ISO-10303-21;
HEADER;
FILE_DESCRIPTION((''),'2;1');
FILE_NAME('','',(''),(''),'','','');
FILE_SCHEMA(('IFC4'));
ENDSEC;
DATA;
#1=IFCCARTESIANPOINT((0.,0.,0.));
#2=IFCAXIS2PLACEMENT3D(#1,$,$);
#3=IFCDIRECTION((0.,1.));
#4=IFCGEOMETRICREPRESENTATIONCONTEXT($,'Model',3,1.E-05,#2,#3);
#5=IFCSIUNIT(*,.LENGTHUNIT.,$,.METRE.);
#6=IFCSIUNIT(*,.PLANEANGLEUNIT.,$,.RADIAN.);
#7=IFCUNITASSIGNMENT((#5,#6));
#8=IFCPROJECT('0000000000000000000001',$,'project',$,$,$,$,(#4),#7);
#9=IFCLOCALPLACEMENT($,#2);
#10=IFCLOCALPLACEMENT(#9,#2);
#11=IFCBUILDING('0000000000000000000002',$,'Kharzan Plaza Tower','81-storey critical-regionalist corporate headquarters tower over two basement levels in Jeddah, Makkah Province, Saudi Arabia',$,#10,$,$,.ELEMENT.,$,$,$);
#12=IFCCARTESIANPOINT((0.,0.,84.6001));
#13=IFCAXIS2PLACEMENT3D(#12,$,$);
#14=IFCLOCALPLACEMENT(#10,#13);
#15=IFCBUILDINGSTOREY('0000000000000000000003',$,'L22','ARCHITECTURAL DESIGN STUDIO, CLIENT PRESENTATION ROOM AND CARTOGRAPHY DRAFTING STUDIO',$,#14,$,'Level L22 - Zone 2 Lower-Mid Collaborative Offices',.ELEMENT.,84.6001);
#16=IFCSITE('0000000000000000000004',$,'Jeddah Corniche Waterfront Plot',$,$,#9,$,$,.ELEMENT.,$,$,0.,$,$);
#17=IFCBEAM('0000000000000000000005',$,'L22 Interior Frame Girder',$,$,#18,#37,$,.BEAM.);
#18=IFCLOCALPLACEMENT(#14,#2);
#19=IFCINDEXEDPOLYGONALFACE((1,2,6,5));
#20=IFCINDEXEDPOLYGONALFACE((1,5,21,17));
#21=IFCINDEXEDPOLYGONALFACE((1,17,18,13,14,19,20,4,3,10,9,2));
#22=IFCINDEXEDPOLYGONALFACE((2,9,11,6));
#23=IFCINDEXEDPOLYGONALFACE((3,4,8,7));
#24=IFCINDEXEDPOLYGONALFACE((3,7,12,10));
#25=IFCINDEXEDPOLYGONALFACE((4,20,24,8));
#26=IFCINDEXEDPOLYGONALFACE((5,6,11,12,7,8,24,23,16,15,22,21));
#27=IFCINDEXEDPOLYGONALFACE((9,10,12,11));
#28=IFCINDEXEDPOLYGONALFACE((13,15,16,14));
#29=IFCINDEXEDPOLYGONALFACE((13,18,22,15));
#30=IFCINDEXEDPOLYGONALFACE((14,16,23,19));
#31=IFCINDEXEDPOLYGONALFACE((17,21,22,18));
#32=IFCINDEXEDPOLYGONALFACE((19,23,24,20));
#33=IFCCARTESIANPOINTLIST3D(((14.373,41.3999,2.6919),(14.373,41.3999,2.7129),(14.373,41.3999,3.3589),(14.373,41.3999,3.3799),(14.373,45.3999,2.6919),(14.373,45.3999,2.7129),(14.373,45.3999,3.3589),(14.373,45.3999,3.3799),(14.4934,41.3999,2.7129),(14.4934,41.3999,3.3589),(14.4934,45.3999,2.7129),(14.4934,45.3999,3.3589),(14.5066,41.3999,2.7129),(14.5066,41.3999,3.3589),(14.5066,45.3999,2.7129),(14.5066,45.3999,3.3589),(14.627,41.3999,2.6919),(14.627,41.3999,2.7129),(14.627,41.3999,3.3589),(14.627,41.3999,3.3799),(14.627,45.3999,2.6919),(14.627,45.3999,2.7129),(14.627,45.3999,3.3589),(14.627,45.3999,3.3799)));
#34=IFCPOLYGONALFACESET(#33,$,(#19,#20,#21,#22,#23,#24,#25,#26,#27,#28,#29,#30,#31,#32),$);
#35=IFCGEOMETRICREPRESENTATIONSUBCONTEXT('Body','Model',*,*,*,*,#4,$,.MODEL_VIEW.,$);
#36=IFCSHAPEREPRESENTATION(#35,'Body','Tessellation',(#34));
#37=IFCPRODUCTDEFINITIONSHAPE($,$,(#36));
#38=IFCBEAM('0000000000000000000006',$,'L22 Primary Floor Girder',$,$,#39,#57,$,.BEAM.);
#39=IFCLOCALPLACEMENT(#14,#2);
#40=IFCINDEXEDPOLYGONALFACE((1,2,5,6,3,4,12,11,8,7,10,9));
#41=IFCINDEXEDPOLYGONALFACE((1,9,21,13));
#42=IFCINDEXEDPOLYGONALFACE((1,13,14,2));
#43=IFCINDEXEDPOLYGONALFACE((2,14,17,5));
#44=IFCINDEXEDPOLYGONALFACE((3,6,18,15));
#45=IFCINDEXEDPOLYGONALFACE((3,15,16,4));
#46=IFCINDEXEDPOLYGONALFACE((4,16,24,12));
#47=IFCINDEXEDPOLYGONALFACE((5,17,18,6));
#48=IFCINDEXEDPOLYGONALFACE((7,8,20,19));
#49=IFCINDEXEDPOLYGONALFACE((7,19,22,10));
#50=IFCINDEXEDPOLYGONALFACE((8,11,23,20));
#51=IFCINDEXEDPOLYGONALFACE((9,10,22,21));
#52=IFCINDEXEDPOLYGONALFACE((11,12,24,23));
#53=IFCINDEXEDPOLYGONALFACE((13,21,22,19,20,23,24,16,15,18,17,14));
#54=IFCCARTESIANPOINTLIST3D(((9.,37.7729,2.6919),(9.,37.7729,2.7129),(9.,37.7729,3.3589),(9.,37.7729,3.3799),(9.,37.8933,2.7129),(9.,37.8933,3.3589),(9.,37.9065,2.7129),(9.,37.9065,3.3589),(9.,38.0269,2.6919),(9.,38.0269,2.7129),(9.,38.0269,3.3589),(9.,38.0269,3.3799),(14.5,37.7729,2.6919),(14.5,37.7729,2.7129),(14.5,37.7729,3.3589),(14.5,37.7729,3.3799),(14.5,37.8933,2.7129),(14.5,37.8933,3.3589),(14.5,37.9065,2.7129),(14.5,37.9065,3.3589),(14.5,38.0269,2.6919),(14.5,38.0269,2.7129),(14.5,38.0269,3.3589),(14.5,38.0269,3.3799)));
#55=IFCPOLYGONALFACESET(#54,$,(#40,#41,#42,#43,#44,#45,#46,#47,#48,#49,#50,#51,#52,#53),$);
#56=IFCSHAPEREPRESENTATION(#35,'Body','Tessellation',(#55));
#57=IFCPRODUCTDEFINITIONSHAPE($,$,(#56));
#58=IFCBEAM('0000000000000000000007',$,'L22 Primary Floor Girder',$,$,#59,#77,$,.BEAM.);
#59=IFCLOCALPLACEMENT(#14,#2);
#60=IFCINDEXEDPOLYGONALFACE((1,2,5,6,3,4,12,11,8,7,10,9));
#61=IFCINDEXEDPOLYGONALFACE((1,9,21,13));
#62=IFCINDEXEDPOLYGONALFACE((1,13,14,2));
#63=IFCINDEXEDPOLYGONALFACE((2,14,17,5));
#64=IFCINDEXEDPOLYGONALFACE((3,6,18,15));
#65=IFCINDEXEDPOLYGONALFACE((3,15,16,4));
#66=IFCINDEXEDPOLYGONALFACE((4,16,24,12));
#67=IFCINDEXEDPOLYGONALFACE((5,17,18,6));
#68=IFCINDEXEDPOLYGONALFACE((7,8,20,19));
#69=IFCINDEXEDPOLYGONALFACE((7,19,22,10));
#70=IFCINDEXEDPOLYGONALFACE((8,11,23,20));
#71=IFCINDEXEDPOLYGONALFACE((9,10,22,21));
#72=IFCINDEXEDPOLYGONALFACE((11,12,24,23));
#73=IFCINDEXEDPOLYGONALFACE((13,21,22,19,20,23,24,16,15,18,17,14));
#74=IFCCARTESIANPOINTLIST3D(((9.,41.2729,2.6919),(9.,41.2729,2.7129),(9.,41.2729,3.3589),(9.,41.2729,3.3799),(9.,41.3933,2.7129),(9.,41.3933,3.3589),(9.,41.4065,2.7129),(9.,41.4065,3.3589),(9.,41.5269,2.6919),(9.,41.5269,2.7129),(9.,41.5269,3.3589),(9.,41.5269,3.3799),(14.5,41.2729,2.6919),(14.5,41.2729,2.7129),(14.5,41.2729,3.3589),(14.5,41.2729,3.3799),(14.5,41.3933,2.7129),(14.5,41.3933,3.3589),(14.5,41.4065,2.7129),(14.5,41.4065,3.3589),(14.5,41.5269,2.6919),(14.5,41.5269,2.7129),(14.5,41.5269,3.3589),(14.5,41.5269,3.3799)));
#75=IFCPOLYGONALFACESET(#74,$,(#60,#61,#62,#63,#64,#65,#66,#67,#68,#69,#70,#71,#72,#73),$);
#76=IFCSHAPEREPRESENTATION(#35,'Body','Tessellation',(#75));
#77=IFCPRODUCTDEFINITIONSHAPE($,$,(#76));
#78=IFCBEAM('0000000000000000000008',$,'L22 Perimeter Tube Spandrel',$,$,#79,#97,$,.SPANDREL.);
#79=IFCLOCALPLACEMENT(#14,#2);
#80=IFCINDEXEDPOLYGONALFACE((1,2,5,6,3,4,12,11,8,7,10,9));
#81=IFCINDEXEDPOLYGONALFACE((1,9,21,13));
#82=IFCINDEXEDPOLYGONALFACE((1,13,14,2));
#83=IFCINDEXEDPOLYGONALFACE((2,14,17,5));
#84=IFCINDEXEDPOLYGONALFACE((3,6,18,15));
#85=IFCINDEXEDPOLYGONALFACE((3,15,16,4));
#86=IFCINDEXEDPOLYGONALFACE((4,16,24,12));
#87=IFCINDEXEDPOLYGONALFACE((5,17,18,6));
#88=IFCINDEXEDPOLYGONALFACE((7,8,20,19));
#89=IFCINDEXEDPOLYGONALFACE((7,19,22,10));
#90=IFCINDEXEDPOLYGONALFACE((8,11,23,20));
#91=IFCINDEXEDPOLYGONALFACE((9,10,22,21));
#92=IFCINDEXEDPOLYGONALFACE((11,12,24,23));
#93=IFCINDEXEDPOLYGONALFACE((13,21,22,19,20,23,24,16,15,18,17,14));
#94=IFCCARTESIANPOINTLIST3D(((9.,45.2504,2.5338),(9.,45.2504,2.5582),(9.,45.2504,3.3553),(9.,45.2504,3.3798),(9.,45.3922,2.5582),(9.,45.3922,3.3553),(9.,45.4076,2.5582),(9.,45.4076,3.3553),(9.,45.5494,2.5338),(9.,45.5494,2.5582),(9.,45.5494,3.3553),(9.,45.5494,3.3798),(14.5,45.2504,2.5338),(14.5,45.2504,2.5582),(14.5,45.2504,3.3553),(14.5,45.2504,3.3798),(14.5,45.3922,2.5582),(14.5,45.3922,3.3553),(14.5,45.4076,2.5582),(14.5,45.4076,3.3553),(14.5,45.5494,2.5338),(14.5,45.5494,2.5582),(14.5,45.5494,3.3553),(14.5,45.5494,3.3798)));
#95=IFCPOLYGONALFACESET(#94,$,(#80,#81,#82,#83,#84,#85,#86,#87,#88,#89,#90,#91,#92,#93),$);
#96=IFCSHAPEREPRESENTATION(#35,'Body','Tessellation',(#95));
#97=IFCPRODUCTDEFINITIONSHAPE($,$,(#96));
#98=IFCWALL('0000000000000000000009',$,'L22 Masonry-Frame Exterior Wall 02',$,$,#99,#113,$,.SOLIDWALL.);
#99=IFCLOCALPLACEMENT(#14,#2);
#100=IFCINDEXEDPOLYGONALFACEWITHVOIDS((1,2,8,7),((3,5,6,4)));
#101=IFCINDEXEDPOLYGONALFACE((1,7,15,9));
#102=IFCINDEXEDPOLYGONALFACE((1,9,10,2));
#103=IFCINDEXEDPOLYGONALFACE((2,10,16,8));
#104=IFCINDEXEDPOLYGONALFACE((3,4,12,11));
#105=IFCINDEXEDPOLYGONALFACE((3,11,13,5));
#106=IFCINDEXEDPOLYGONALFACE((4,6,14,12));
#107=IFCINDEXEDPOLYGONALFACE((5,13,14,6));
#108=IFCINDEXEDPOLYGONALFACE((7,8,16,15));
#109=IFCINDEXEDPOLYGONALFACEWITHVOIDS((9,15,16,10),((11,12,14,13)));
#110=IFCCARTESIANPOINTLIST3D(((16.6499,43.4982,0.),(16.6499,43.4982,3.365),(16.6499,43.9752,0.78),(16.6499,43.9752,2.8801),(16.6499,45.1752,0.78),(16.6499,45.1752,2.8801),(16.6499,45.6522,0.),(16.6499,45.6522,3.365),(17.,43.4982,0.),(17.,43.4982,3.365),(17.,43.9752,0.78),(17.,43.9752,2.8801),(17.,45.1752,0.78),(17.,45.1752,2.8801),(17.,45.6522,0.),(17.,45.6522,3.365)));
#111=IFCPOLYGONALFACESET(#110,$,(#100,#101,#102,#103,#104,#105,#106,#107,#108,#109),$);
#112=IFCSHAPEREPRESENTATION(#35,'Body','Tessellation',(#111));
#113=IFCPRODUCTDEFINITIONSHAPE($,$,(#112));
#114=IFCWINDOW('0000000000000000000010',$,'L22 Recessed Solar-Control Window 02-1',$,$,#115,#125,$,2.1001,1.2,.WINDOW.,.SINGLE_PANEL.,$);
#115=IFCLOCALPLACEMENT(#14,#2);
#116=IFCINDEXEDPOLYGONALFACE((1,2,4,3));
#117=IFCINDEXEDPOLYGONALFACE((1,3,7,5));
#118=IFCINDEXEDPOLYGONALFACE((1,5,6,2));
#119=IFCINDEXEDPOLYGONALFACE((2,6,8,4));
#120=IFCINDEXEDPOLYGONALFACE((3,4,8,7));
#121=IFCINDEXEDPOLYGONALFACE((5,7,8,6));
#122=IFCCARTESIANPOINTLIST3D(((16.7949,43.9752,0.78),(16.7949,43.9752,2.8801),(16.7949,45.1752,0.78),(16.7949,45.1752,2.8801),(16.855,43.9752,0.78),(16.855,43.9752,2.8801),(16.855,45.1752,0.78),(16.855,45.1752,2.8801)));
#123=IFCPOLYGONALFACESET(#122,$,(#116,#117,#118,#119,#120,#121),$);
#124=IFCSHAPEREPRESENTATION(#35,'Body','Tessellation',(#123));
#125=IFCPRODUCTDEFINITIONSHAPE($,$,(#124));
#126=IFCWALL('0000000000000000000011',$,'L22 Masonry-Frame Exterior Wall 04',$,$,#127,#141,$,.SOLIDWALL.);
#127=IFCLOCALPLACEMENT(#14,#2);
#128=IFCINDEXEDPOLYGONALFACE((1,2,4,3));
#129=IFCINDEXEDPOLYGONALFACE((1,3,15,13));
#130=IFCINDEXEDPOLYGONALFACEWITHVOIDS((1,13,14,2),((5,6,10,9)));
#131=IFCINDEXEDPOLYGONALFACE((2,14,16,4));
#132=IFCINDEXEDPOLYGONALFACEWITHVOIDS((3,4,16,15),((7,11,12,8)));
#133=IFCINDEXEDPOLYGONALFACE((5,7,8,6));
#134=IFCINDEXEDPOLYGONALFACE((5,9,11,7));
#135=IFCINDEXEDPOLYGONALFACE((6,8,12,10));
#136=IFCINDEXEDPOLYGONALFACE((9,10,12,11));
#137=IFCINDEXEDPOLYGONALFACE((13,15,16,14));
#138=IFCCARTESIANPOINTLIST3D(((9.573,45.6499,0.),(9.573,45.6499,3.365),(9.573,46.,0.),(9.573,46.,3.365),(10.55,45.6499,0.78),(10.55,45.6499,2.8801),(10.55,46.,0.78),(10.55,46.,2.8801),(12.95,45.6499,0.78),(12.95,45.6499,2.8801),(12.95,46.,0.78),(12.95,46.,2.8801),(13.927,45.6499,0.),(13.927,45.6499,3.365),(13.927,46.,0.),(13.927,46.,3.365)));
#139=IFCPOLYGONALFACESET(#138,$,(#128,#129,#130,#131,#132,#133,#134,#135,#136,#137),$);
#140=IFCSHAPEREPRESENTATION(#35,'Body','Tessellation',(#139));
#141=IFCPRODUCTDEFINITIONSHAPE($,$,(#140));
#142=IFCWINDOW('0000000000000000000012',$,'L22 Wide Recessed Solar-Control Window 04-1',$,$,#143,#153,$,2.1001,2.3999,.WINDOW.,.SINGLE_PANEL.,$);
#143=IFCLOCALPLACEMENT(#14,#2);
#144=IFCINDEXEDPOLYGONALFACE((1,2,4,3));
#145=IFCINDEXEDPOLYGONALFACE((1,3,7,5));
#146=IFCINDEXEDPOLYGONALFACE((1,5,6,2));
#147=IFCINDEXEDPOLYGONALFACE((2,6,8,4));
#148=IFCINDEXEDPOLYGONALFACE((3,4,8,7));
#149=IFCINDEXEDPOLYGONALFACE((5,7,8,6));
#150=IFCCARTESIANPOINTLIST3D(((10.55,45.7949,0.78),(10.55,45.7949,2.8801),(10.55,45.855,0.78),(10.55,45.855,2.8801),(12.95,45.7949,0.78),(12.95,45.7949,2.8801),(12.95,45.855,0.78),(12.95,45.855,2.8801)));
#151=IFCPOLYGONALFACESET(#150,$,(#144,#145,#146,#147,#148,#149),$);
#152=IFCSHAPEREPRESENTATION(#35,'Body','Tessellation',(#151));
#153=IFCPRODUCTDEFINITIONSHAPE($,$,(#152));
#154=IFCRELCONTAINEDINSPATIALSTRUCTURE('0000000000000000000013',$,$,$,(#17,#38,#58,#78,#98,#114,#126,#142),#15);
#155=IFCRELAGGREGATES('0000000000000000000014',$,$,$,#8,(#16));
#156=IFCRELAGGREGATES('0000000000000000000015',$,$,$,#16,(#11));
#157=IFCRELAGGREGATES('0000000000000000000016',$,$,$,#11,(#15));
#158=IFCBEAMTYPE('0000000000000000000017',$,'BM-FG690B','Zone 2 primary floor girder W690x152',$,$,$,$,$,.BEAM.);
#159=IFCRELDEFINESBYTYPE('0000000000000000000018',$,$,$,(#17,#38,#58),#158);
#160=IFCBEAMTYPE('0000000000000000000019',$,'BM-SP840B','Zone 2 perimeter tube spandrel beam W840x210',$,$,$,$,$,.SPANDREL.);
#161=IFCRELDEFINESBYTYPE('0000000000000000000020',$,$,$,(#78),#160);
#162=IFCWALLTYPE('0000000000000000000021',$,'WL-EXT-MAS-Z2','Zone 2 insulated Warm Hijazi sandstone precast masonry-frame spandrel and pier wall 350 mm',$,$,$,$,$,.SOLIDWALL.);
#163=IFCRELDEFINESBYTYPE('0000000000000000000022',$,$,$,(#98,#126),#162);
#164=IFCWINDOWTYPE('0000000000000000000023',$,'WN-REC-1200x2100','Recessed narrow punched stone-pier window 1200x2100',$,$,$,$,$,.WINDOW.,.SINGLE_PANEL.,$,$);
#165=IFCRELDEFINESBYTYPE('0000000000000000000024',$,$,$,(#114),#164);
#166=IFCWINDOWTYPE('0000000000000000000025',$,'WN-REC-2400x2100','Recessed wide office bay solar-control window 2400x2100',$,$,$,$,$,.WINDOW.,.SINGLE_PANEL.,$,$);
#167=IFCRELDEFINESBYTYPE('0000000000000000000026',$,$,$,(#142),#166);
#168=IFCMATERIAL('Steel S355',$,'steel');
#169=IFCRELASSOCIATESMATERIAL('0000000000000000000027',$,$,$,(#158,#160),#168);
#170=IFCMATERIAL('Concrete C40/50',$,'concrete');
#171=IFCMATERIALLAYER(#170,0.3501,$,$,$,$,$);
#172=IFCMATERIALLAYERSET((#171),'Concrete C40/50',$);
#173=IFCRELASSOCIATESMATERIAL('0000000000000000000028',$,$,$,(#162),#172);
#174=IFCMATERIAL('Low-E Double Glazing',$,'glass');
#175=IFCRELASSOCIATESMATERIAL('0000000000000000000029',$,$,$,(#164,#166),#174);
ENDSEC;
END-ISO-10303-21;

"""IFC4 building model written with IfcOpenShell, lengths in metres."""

from ifc_helpers import new_model, si_unit, direction, frame, frame_2d, origin, origin_2d, place, context, subcontext, project, spatial, rectangle, i_section, extrude, source, transform, mapped, material, layer, layer_set, material_profile, profile_set, type_object, element, fill, save


model = new_model("IFC4")

# Units and contexts
model_context = context("Model", 3, precision=1e-05, world=origin(), true_north=direction((0.0, 1.0)))
body_context = subcontext(model_context, "Body", "Model", "MODEL_VIEW")
ifc_project = project(units=[si_unit("LENGTHUNIT", "METRE"), si_unit("PLANEANGLEUNIT", "RADIAN")], contexts=[model_context])

# Site, building, storey
site_placement = place(None, origin())
site = spatial("IfcSite", under=ifc_project, at=site_placement, Name="Jeddah Corniche Waterfront Plot", CompositionType="ELEMENT", RefElevation=0.0)
building_placement = place(site_placement, origin())
building = spatial("IfcBuilding", under=site, at=building_placement, Name="Kharzan Plaza Tower", Description="81-storey critical-regionalist corporate headquarters tower over two basement levels in Jeddah, Makkah Province, Saudi Arabia", CompositionType="ELEMENT")
storey_placement = place(building_placement, frame((0.0, 0.0, 84.6001)))
storey = spatial("IfcBuildingStorey", under=building, at=storey_placement, Name="L22", Description="ARCHITECTURAL DESIGN STUDIO, CLIENT PRESENTATION ROOM AND CARTOGRAPHY DRAFTING STUDIO", LongName="Level L22 - Zone 2 Lower-Mid Collaborative Offices", CompositionType="ELEMENT", Elevation=84.6001)

# Beams
ifc_material_1 = material(Name="Steel S355", Category="steel")
ifc_material_profile_1 = material_profile(ifc_material_1, i_section(OverallWidth=0.2539, OverallDepth=0.688, WebThickness=0.0132, FlangeThickness=0.021, at=origin_2d()), Name="W690x152")
ifc_profile_set_1 = profile_set([ifc_material_profile_1], Name="Steel S355")
beam_type_1 = type_object("IfcBeamType", Name="BM-FG690B", Description="Zone 2 primary floor girder W690x152", PredefinedType="BEAM", material=ifc_profile_set_1)
shared_shape_1 = source(origin(), body_context, "Body", "SweptSolid", [
    extrude(i_section(OverallWidth=0.2539, OverallDepth=0.688, WebThickness=0.0132, FlangeThickness=0.021, at=origin_2d()), origin(), (0.0, 0.0, 1.0), 4.0),
])
for number, where, z_axis, x_axis, name in (
    (1, (14.5, 41.3999, 3.0359), (0.0, 1.0, 0.0), (-1.0, 0.0, 0.0), "L22 Interior Frame Girder"),
):
    element("IfcBeam", number, at=place(storey_placement, frame(where, z_axis=z_axis, x_axis=x_axis)), inside=storey, type_object=beam_type_1, Name=name, PredefinedType="BEAM", context=body_context, shape_type="MappedRepresentation", body=[
        mapped(shared_shape_1, transform((0.0, 0.0, 0.0), x_axis=(1.0, 0.0, 0.0), y_axis=(0.0, 1.0, 0.0), z_axis=(0.0, 0.0, 1.0))),
    ])
shared_shape_2 = source(origin(), body_context, "Body", "SweptSolid", [
    extrude(i_section(OverallWidth=0.2539, OverallDepth=0.688, WebThickness=0.0132, FlangeThickness=0.021, at=origin_2d()), origin(), (0.0, 0.0, 1.0), 5.5),
])
for number, where, z_axis, x_axis, name in (
    (2, (9.0, 37.8999, 3.0359), (1.0, 0.0, 0.0), (0.0, 1.0, 0.0), "L22 Primary Floor Girder"),
    (3, (9.0, 41.3999, 3.0359), (1.0, 0.0, 0.0), (0.0, 1.0, 0.0), "L22 Primary Floor Girder"),
):
    element("IfcBeam", number, at=place(storey_placement, frame(where, z_axis=z_axis, x_axis=x_axis)), inside=storey, type_object=beam_type_1, Name=name, PredefinedType="BEAM", context=body_context, shape_type="MappedRepresentation", body=[
        mapped(shared_shape_2, transform((0.0, 0.0, 0.0), x_axis=(1.0, 0.0, 0.0), y_axis=(0.0, 1.0, 0.0), z_axis=(0.0, 0.0, 1.0))),
    ])
ifc_material_profile_2 = material_profile(ifc_material_1, i_section(OverallWidth=0.2991, OverallDepth=0.8459, WebThickness=0.0154, FlangeThickness=0.0244, at=origin_2d()), Name="W840x210")
ifc_profile_set_2 = profile_set([ifc_material_profile_2], Name="Steel S355")
beam_type_2 = type_object("IfcBeamType", Name="BM-SP840B", Description="Zone 2 perimeter tube spandrel beam W840x210", PredefinedType="SPANDREL", material=ifc_profile_set_2)
shared_shape_3 = source(origin(), body_context, "Body", "SweptSolid", [
    extrude(i_section(OverallWidth=0.2991, OverallDepth=0.8459, WebThickness=0.0154, FlangeThickness=0.0244, at=origin_2d()), origin(), (0.0, 0.0, 1.0), 5.5),
])
beam_placement = place(storey_placement, frame((9.0, 45.3999, 2.9568), z_axis=(1.0, 0.0, 0.0), x_axis=(0.0, 1.0, 0.0)))
element("IfcBeam", 4, at=beam_placement, inside=storey, type_object=beam_type_2, Name="L22 Perimeter Tube Spandrel", PredefinedType="SPANDREL", context=body_context, shape_type="MappedRepresentation", body=[
    mapped(shared_shape_3, transform((0.0, 0.0, 0.0), x_axis=(1.0, 0.0, 0.0), y_axis=(0.0, 1.0, 0.0), z_axis=(0.0, 0.0, 1.0))),
])

# Walls, openings, windows
ifc_material_2 = material(Name="Concrete C40/50", Category="concrete")
ifc_layer_1 = layer(ifc_material_2, 0.3501)
ifc_layer_set_1 = layer_set([ifc_layer_1], Name="Concrete C40/50")
wall_type_1 = type_object("IfcWallType", Name="WL-EXT-MAS-Z2", Description="Zone 2 insulated Warm Hijazi sandstone precast masonry-frame spandrel and pier wall 350 mm", PredefinedType="SOLIDWALL", material=ifc_layer_set_1)
wall_1_placement = place(storey_placement, frame((16.825, 43.498, 0.0), z_axis=(0.0, 0.0, 1.0), x_axis=(0.0, 1.0, 0.0)))
wall_1 = element("IfcWall", 5, at=wall_1_placement, inside=storey, type_object=wall_type_1, Name="L22 Masonry-Frame Exterior Wall 02", PredefinedType="SOLIDWALL", context=body_context, shape_type="SweptSolid", body=[
    extrude(rectangle(XDim=2.1541, YDim=0.3501, at=frame_2d((1.0771, 0.0))), origin(), (0.0, 0.0, 1.0), 3.365),
])
opening_1_placement = place(wall_1_placement, frame((0.4771, 0.0, 0.78)))
opening_1 = element("IfcOpeningElement", 6, at=opening_1_placement, cuts=wall_1, PredefinedType="OPENING", context=body_context, shape_type="SweptSolid", body=[
    extrude(rectangle(XDim=1.2, YDim=2.1001, at=frame_2d((0.6001, 1.05))), frame((0.0, 0.1851, 0.0), z_axis=(0.0, -1.0, 0.0), x_axis=(1.0, 0.0, 0.0)), (0.0, 0.0, 1.0), 0.3701),
])
ifc_material_3 = material(Name="Low-E Double Glazing", Category="glass")
window_type_1 = type_object("IfcWindowType", Name="WN-REC-1200x2100", Description="Recessed narrow punched stone-pier window 1200x2100", PartitioningType="SINGLE_PANEL", PredefinedType="WINDOW", material=ifc_material_3)
shared_shape_4 = source(origin(), body_context, "Body", "SweptSolid", [
    extrude(rectangle(XDim=1.2, YDim=2.1001, at=frame_2d((0.6001, 1.05))), frame((0.0, 0.03, 0.0), z_axis=(0.0, -1.0, 0.0), x_axis=(1.0, 0.0, 0.0)), (0.0, 0.0, 1.0), 0.0601),
])
window_1_placement = place(opening_1_placement, origin())
window_1 = element("IfcWindow", 7, at=window_1_placement, inside=storey, type_object=window_type_1, Name="L22 Recessed Solar-Control Window 02-1", OverallHeight=2.1001, OverallWidth=1.2, PartitioningType="SINGLE_PANEL", PredefinedType="WINDOW", context=body_context, shape_type="MappedRepresentation", body=[
    mapped(shared_shape_4, transform((0.0, 0.0, 0.0), x_axis=(1.0, 0.0, 0.0), y_axis=(0.0, 1.0, 0.0), z_axis=(0.0, 0.0, 1.0))),
])
fill(opening_1, window_1)
wall_2_placement = place(storey_placement, frame((13.927, 45.825, 0.0), z_axis=(0.0, 0.0, 1.0), x_axis=(-1.0, 0.0, 0.0)))
wall_2 = element("IfcWall", 8, at=wall_2_placement, inside=storey, type_object=wall_type_1, Name="L22 Masonry-Frame Exterior Wall 04", PredefinedType="SOLIDWALL", context=body_context, shape_type="SweptSolid", body=[
    extrude(rectangle(XDim=4.354, YDim=0.3501, at=frame_2d((2.177, 0.0))), origin(), (0.0, 0.0, 1.0), 3.365),
])
opening_2_placement = place(wall_2_placement, frame((0.9771, 0.0, 0.78)))
opening_2 = element("IfcOpeningElement", 9, at=opening_2_placement, cuts=wall_2, PredefinedType="OPENING", context=body_context, shape_type="SweptSolid", body=[
    extrude(rectangle(XDim=2.3999, YDim=2.1001, at=frame_2d((1.2, 1.05))), frame((0.0, 0.1851, 0.0), z_axis=(0.0, -1.0, 0.0), x_axis=(1.0, 0.0, 0.0)), (0.0, 0.0, 1.0), 0.3701),
])
window_type_2 = type_object("IfcWindowType", Name="WN-REC-2400x2100", Description="Recessed wide office bay solar-control window 2400x2100", PartitioningType="SINGLE_PANEL", PredefinedType="WINDOW", material=ifc_material_3)
shared_shape_5 = source(origin(), body_context, "Body", "SweptSolid", [
    extrude(rectangle(XDim=2.3999, YDim=2.1001, at=frame_2d((1.2, 1.05))), frame((0.0, 0.03, 0.0), z_axis=(0.0, -1.0, 0.0), x_axis=(1.0, 0.0, 0.0)), (0.0, 0.0, 1.0), 0.0601),
])
window_2_placement = place(opening_2_placement, origin())
window_2 = element("IfcWindow", 10, at=window_2_placement, inside=storey, type_object=window_type_2, Name="L22 Wide Recessed Solar-Control Window 04-1", OverallHeight=2.1001, OverallWidth=2.3999, PartitioningType="SINGLE_PANEL", PredefinedType="WINDOW", context=body_context, shape_type="MappedRepresentation", body=[
    mapped(shared_shape_5, transform((0.0, 0.0, 0.0), x_axis=(1.0, 0.0, 0.0), y_axis=(0.0, 1.0, 0.0), z_axis=(0.0, 0.0, 1.0))),
])
fill(opening_2, window_2)

save(model, "model.ifc")
